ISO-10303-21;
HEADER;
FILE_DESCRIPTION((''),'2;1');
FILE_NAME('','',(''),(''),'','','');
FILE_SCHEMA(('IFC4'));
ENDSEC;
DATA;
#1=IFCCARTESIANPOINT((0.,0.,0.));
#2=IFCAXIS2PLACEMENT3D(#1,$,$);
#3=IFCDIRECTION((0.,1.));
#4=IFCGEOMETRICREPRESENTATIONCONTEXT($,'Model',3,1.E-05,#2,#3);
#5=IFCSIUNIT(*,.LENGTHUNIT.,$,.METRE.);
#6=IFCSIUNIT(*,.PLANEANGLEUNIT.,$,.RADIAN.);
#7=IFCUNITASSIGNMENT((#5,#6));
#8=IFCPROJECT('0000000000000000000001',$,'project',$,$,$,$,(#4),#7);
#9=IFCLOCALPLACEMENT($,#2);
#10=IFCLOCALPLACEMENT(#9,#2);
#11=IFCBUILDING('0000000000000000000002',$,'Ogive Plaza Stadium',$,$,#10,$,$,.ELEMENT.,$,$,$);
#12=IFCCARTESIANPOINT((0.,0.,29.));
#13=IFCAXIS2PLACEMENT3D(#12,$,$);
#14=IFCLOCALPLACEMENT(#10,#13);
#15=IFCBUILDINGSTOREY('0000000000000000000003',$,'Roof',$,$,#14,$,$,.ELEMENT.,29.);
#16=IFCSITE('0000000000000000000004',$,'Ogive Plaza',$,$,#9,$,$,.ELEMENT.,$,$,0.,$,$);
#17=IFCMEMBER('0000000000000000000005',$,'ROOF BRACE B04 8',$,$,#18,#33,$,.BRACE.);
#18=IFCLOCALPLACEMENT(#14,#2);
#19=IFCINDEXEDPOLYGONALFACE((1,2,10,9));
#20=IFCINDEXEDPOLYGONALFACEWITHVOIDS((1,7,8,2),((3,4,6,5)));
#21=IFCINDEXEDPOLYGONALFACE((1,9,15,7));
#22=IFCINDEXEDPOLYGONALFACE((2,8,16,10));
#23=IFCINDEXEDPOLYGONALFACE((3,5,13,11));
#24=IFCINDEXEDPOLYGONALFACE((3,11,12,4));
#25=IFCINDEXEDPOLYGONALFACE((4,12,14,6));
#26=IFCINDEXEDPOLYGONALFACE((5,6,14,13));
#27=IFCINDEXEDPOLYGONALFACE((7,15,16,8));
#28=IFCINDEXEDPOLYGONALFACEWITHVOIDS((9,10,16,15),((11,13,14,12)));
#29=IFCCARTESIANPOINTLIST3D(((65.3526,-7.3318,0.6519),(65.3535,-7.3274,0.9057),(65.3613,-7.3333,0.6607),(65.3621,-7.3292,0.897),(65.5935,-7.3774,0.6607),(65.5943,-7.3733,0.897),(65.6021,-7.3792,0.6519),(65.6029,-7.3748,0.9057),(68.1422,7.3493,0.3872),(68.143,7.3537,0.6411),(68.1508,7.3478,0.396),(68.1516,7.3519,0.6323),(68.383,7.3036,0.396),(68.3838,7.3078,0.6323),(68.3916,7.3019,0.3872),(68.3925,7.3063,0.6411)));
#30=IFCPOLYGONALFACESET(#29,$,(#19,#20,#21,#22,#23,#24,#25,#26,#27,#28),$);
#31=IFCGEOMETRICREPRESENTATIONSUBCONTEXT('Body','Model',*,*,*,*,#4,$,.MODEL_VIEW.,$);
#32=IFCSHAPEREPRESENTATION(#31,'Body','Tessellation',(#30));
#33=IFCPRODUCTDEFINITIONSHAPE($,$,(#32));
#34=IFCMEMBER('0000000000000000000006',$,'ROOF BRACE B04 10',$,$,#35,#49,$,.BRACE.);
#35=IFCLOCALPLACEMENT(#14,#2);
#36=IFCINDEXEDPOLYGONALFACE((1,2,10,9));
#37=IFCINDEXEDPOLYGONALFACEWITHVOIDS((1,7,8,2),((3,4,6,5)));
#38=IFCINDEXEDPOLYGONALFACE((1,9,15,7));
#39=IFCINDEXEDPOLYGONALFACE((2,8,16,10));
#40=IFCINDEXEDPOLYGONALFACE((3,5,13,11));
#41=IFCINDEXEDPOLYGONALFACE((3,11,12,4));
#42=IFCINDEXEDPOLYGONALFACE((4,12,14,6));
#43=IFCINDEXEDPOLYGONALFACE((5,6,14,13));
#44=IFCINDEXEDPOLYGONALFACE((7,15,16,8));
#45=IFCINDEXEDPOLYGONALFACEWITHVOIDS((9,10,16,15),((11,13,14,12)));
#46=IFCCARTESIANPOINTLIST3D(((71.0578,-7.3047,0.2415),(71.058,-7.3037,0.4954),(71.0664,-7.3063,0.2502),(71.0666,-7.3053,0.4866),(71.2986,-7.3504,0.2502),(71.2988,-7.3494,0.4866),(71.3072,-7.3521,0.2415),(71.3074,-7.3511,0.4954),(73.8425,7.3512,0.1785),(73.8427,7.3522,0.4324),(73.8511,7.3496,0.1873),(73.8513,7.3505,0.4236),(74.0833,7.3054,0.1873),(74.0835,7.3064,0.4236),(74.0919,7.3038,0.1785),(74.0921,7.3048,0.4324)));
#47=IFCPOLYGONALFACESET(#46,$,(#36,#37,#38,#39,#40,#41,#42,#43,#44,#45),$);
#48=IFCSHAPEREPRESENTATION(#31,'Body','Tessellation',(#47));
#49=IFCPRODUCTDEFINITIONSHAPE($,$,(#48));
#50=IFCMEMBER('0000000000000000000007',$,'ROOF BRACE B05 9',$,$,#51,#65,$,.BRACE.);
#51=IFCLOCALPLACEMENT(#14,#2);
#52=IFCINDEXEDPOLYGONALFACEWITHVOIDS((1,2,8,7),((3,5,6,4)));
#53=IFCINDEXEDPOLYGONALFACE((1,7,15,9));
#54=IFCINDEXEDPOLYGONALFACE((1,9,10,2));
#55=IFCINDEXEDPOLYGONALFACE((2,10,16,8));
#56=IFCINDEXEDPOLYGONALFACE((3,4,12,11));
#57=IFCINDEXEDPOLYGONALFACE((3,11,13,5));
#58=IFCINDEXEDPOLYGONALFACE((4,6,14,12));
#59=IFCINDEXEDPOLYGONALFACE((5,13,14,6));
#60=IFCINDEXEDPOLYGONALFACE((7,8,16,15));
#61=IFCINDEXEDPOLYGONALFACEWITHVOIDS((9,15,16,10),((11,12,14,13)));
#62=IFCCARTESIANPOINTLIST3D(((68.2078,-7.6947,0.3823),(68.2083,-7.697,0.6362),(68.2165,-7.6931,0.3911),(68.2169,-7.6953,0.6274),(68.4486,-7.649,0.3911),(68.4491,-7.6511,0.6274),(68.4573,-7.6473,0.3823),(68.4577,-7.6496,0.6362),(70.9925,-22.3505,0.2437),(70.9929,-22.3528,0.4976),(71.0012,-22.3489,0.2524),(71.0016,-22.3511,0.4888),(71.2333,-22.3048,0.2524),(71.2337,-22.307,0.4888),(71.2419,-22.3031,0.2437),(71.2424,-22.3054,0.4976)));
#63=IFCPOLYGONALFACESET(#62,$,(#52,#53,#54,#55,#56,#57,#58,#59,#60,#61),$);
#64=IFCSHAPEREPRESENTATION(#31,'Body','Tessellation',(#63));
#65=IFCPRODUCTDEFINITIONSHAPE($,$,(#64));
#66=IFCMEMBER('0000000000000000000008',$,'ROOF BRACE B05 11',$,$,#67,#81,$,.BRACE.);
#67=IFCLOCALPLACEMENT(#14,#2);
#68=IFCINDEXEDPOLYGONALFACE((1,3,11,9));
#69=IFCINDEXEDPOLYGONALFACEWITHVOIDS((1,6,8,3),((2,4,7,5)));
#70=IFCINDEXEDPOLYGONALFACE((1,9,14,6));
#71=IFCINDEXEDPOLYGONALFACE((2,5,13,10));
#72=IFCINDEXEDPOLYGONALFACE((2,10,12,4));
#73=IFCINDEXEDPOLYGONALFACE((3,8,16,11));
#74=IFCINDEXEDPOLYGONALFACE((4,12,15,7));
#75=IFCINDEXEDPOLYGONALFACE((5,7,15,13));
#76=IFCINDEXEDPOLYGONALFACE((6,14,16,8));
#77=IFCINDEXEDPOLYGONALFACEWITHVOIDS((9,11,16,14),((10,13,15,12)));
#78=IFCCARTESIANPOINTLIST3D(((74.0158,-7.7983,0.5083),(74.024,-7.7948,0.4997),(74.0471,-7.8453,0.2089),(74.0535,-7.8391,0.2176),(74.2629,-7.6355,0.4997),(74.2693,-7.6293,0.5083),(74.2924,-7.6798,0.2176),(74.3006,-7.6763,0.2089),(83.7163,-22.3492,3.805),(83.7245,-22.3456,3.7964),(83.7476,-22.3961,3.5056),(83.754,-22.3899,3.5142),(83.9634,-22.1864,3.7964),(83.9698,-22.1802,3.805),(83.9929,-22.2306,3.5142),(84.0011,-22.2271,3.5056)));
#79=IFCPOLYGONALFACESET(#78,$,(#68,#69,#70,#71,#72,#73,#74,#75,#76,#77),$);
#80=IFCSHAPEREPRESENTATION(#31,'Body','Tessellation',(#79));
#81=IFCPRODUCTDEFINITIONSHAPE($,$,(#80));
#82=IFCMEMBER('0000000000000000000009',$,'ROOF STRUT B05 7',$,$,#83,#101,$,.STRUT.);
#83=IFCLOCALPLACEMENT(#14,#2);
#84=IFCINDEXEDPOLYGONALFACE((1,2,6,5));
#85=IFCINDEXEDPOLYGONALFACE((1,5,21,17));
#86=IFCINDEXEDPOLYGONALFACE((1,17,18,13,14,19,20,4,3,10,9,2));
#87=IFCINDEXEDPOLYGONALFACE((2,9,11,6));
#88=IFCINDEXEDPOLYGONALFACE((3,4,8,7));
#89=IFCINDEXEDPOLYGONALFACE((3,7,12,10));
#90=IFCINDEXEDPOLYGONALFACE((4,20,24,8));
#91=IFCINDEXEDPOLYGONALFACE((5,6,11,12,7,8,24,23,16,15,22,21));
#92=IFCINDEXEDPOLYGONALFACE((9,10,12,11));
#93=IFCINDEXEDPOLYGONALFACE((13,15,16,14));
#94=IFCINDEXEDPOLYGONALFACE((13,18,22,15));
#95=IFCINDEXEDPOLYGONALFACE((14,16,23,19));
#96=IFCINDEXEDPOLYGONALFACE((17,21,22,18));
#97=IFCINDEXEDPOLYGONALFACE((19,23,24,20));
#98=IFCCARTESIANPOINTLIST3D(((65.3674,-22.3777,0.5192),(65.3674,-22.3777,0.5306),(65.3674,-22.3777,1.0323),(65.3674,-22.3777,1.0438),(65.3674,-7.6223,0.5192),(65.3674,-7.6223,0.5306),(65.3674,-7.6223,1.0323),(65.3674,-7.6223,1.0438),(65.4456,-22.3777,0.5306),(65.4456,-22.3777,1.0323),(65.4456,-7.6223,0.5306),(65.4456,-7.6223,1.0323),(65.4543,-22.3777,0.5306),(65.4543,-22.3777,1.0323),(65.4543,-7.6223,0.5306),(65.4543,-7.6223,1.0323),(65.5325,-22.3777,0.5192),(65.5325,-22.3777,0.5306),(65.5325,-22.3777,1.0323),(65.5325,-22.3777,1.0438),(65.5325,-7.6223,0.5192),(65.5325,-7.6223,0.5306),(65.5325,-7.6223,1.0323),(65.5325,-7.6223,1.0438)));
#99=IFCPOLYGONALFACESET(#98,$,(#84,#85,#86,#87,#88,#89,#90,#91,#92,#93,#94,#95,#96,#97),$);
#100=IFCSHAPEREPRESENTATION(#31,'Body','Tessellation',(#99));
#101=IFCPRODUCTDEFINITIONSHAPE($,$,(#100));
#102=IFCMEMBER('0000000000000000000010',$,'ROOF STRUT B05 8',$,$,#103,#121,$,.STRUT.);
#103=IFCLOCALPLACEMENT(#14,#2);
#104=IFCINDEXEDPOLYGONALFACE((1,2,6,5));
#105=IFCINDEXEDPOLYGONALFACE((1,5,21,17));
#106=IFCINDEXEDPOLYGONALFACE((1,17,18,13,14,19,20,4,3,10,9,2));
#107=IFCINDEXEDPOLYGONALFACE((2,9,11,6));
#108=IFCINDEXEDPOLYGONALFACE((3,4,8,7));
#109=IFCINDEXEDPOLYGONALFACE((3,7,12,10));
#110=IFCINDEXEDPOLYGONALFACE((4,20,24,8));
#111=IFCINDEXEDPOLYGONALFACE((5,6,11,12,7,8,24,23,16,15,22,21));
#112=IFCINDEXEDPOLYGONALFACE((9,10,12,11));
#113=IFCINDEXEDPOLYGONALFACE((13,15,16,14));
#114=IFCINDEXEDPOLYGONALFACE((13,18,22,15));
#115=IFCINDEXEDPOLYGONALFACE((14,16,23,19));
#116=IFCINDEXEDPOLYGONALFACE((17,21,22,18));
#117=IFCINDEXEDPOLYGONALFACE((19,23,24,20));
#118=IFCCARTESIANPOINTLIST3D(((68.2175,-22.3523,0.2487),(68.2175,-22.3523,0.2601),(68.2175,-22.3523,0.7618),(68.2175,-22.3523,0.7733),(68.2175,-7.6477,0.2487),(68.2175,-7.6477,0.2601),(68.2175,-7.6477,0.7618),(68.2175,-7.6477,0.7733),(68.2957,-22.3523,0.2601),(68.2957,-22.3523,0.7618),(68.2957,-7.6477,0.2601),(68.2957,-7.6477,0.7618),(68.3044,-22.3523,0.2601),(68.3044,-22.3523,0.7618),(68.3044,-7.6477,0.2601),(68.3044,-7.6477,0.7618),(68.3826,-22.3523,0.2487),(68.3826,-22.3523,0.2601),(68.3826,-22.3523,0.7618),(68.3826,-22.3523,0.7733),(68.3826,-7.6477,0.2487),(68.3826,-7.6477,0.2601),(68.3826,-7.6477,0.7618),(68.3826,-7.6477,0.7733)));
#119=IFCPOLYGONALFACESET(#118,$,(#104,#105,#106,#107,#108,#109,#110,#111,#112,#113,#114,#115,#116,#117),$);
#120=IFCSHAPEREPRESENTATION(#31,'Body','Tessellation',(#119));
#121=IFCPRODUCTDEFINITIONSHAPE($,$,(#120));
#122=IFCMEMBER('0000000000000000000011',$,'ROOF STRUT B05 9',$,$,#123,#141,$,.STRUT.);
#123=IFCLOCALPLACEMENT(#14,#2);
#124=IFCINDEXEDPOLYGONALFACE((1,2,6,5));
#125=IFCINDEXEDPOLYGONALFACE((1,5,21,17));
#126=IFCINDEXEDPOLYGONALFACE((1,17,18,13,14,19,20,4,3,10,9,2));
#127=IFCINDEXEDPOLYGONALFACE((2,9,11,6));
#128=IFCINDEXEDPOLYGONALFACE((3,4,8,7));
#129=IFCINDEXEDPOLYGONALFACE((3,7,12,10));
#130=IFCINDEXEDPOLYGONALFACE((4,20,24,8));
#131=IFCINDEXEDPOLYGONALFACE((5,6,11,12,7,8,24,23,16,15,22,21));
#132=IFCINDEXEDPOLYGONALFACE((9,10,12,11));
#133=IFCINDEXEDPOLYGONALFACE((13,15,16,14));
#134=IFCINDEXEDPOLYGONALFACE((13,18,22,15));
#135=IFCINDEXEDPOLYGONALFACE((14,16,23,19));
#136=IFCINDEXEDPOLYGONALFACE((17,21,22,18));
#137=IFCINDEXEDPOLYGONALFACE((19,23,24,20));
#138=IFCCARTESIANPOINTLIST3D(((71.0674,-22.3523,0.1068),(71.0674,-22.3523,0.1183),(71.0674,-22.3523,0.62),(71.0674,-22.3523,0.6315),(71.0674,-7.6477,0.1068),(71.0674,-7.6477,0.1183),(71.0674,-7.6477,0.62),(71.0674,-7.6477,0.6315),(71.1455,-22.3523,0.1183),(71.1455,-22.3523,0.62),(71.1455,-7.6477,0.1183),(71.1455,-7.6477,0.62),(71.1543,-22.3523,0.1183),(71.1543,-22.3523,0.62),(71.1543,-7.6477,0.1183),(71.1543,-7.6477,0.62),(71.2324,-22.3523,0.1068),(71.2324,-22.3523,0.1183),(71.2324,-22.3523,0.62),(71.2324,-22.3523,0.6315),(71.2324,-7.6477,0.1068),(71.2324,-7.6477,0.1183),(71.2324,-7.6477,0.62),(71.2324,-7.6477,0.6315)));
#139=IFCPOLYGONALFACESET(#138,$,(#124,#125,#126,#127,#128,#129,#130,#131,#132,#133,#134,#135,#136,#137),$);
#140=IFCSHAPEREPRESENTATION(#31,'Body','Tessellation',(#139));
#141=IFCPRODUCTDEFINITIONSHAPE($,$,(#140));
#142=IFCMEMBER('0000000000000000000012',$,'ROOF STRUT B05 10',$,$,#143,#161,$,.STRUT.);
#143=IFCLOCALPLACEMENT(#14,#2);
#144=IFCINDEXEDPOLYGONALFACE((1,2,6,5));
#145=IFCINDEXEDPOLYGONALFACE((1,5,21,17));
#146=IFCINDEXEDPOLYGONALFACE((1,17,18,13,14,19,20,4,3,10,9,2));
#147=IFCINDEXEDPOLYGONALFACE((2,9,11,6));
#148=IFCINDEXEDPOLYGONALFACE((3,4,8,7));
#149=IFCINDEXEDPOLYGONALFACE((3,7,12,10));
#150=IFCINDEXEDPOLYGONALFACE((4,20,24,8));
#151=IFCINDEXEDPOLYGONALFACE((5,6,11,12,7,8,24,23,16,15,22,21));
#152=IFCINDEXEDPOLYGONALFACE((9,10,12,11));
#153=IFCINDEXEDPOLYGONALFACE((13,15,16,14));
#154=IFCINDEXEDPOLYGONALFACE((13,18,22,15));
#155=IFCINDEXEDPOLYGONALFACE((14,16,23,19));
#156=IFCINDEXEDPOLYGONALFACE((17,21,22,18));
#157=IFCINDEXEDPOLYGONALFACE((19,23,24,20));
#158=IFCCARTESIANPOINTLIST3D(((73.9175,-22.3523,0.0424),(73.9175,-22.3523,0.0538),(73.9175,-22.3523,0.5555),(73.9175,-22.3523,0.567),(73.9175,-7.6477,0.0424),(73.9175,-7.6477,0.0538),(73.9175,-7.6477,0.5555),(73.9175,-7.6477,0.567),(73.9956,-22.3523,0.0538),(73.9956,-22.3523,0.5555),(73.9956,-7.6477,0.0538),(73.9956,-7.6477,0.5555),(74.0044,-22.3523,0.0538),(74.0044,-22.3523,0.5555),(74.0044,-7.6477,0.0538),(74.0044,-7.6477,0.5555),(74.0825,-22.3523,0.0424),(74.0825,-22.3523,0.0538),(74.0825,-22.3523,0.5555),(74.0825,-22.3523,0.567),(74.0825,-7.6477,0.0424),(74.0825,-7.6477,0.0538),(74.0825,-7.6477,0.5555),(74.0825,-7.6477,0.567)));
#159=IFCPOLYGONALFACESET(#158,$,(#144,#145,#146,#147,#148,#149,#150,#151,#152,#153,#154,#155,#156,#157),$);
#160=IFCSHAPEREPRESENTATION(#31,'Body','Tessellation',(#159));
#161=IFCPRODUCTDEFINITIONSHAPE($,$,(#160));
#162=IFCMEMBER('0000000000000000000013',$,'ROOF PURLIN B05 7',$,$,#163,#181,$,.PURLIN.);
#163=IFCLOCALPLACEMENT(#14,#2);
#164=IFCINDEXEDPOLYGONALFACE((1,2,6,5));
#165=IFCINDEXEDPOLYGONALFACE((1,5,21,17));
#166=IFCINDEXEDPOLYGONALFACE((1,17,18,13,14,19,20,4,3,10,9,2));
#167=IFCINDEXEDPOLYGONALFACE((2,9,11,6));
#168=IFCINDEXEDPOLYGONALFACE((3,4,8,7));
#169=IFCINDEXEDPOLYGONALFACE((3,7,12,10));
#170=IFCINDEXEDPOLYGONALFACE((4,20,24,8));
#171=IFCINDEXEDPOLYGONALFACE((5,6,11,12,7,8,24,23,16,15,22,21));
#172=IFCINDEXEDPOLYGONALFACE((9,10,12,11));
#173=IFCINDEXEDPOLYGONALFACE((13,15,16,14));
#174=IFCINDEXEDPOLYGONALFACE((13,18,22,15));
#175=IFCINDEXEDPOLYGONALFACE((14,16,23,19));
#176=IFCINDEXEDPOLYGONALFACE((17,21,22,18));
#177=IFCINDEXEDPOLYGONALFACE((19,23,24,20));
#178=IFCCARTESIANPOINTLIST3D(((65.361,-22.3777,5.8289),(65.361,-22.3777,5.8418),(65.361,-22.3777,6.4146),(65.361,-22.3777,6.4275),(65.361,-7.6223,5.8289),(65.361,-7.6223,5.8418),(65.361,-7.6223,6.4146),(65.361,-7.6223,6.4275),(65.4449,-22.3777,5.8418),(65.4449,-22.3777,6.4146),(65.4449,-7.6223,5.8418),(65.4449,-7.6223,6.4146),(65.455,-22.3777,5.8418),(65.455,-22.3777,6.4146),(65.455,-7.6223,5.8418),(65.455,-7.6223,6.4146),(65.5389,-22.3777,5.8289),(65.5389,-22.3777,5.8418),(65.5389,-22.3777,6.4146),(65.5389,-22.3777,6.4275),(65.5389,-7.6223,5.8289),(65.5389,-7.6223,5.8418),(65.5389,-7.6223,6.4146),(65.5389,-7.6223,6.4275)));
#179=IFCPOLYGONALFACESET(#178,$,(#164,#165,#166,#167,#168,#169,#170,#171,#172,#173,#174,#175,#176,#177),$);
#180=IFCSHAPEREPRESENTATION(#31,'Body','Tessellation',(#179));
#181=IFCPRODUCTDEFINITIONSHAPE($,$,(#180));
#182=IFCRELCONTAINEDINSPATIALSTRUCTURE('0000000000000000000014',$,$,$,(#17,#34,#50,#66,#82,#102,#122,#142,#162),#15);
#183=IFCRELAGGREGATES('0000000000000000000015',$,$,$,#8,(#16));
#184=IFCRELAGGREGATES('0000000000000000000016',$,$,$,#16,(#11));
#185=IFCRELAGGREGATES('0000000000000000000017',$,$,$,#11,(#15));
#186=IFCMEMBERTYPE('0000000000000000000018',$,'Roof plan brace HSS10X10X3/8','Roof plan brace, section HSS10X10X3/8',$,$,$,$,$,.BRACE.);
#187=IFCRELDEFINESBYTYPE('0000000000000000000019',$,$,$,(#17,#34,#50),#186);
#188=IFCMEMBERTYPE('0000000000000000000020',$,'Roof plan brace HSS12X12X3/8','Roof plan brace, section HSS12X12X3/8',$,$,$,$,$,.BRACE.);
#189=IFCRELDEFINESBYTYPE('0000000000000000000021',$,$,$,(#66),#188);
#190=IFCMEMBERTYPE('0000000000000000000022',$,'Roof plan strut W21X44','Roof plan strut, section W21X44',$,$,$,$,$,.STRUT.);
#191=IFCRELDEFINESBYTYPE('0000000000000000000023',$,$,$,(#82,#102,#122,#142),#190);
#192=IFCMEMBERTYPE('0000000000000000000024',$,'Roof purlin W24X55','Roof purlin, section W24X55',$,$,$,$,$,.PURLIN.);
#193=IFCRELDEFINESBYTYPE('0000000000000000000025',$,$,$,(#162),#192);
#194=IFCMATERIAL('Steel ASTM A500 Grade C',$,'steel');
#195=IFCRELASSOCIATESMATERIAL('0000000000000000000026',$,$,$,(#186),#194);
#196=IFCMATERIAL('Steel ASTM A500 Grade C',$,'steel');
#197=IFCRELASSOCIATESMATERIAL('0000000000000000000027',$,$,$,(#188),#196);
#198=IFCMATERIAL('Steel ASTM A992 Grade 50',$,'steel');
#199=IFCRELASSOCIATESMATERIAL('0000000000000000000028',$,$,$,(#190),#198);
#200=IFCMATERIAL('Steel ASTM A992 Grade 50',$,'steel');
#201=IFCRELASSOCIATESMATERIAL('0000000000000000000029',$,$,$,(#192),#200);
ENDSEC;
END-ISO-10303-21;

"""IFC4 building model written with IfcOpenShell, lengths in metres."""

from ifc_helpers import new_model, si_unit, direction, frame, origin, origin_2d, place, context, subcontext, project, spatial, hollow_rectangle, i_section, extrude, material, material_profile, profile_set, type_object, element, save


model = new_model("IFC4")

# Units and contexts
model_context = context("Model", 3, precision=1e-05, world=origin(), true_north=direction((0.0, 1.0)))
body_context = subcontext(model_context, "Body", "Model", "MODEL_VIEW")
ifc_project = project(units=[si_unit("LENGTHUNIT", "METRE"), si_unit("PLANEANGLEUNIT", "RADIAN")], contexts=[model_context])

# Site, building, storey
site_placement = place(None, origin())
site = spatial("IfcSite", under=ifc_project, at=site_placement, Name="Ogive Plaza", CompositionType="ELEMENT", RefElevation=0.0)
building_placement = place(site_placement, origin())
building = spatial("IfcBuilding", under=site, at=building_placement, Name="Ogive Plaza Stadium", CompositionType="ELEMENT")
storey_placement = place(building_placement, frame((0.0, 0.0, 29.0)))
storey = spatial("IfcBuildingStorey", under=building, at=storey_placement, Name="Roof", CompositionType="ELEMENT", Elevation=29.0)

# Members
ifc_material_1 = material(Name="Steel ASTM A500 Grade C", Category="steel")
ifc_material_profile_1 = material_profile(ifc_material_1, hollow_rectangle(XDim=0.2539, YDim=0.2539, WallThickness=0.0088, at=origin_2d()), Name="HSS10X10X3/8")
ifc_profile_set_1 = profile_set([ifc_material_profile_1], Name="Steel ASTM A500 Grade C")
member_type_1 = type_object("IfcMemberType", Name="Roof plan brace HSS10X10X3/8", Description="Roof plan brace, section HSS10X10X3/8", PredefinedType="BRACE", material=ifc_profile_set_1)
member_1_placement = place(storey_placement, frame((65.4778, -7.3533, 0.7788), z_axis=(0.18664, 0.982269, -0.017707), x_axis=(-0.982423, 0.186669, 0.0)))
element("IfcMember", 1, at=member_1_placement, inside=storey, type_object=member_type_1, Name="ROOF BRACE B04 8", PredefinedType="BRACE", context=body_context, shape_type="SweptSolid", body=[
    extrude(hollow_rectangle(XDim=0.2539, YDim=0.2539, WallThickness=0.0088, at=origin_2d()), origin(), (0.0, 0.0, 1.0), 14.946),
])
member_2_placement = place(storey_placement, frame((71.1826, -7.3279, 0.3684), z_axis=(0.186664, 0.982415, -0.004222), x_axis=(-0.982424, 0.186665, 0.0)))
element("IfcMember", 2, at=member_2_placement, inside=storey, type_object=member_type_1, Name="ROOF BRACE B04 10", PredefinedType="BRACE", context=body_context, shape_type="SweptSolid", body=[
    extrude(hollow_rectangle(XDim=0.2539, YDim=0.2539, WallThickness=0.0088, at=origin_2d()), origin(), (0.0, 0.0, 1.0), 14.9182),
])
member_3_placement = place(storey_placement, frame((68.3328, -7.6721, 0.5093), z_axis=(0.186657, -0.982381, -0.009295), x_axis=(0.982424, 0.186665, 0.0)))
element("IfcMember", 3, at=member_3_placement, inside=storey, type_object=member_type_1, Name="ROOF BRACE B05 9", PredefinedType="BRACE", context=body_context, shape_type="SweptSolid", body=[
    extrude(hollow_rectangle(XDim=0.2539, YDim=0.2539, WallThickness=0.0088, at=origin_2d()), origin(), (0.0, 0.0, 1.0), 14.9187),
])
ifc_material_2 = material(Name="Steel ASTM A500 Grade C", Category="steel")
ifc_material_profile_2 = material_profile(ifc_material_2, hollow_rectangle(XDim=0.3047, YDim=0.3047, WallThickness=0.0088, at=origin_2d()), Name="HSS12X12X3/8")
ifc_profile_set_2 = profile_set([ifc_material_profile_2], Name="Steel ASTM A500 Grade C")
member_type_2 = type_object("IfcMemberType", Name="Roof plan brace HSS12X12X3/8", Description="Roof plan brace, section HSS12X12X3/8", PredefinedType="BRACE", material=ifc_profile_set_2)
member_4_placement = place(storey_placement, frame((74.1582, -7.7373, 0.3586), z_axis=(0.545096, -0.817651, 0.185247), x_axis=(0.832052, 0.554697, 0.0)))
element("IfcMember", 4, at=member_4_placement, inside=storey, type_object=member_type_2, Name="ROOF BRACE B05 11", PredefinedType="BRACE", context=body_context, shape_type="SweptSolid", body=[
    extrude(hollow_rectangle(XDim=0.3047, YDim=0.3047, WallThickness=0.0088, at=origin_2d()), origin(), (0.0, 0.0, 1.0), 17.7959),
])
ifc_material_3 = material(Name="Steel ASTM A992 Grade 50", Category="steel")
ifc_material_profile_3 = material_profile(ifc_material_3, i_section(OverallWidth=0.165, OverallDepth=0.5247, WebThickness=0.0088, FlangeThickness=0.0115, at=origin_2d()), Name="W21X44")
ifc_profile_set_3 = profile_set([ifc_material_profile_3], Name="Steel ASTM A992 Grade 50")
member_type_3 = type_object("IfcMemberType", Name="Roof plan strut W21X44", Description="Roof plan strut, section W21X44", PredefinedType="STRUT", material=ifc_profile_set_3)
member_5_placement = place(storey_placement, frame((65.45, -7.6223, 0.7815), z_axis=(0.0, -1.0, 0.0), x_axis=(1.0, 0.0, 0.0)))
element("IfcMember", 5, at=member_5_placement, inside=storey, type_object=member_type_3, Name="ROOF STRUT B05 7", PredefinedType="STRUT", context=body_context, shape_type="SweptSolid", body=[
    extrude(i_section(OverallWidth=0.165, OverallDepth=0.5247, WebThickness=0.0088, FlangeThickness=0.0115, at=origin_2d()), origin(), (0.0, 0.0, 1.0), 14.7554),
])
for number, where, z_axis, x_axis, name in (
    (6, (68.3, -7.6477, 0.511), (0.0, -1.0, 0.0), (1.0, 0.0, 0.0), "ROOF STRUT B05 8"),
    (7, (71.1499, -7.6477, 0.3691), (0.0, -1.0, 0.0), (1.0, 0.0, 0.0), "ROOF STRUT B05 9"),
    (8, (74.0, -7.6477, 0.3047), (0.0, -1.0, 0.0), (1.0, 0.0, 0.0), "ROOF STRUT B05 10"),
):
    element("IfcMember", number, at=place(storey_placement, frame(where, z_axis=z_axis, x_axis=x_axis)), inside=storey, type_object=member_type_3, Name=name, PredefinedType="STRUT", context=body_context, shape_type="SweptSolid", body=[
        extrude(i_section(OverallWidth=0.165, OverallDepth=0.5247, WebThickness=0.0088, FlangeThickness=0.0115, at=origin_2d()), origin(), (0.0, 0.0, 1.0), 14.7046),
    ])
ifc_material_4 = material(Name="Steel ASTM A992 Grade 50", Category="steel")
ifc_material_profile_4 = material_profile(ifc_material_4, i_section(OverallWidth=0.178, OverallDepth=0.5986, WebThickness=0.01, FlangeThickness=0.0129, at=origin_2d()), Name="W24X55")
ifc_profile_set_4 = profile_set([ifc_material_profile_4], Name="Steel ASTM A992 Grade 50")
member_type_4 = type_object("IfcMemberType", Name="Roof purlin W24X55", Description="Roof purlin, section W24X55", PredefinedType="PURLIN", material=ifc_profile_set_4)
member_6_placement = place(storey_placement, frame((65.45, -7.6223, 6.1282), z_axis=(0.0, -1.0, 0.0), x_axis=(1.0, 0.0, 0.0)))
element("IfcMember", 9, at=member_6_placement, inside=storey, type_object=member_type_4, Name="ROOF PURLIN B05 7", PredefinedType="PURLIN", context=body_context, shape_type="SweptSolid", body=[
    extrude(i_section(OverallWidth=0.178, OverallDepth=0.5986, WebThickness=0.01, FlangeThickness=0.0129, at=origin_2d()), origin(), (0.0, 0.0, 1.0), 14.7554),
])

save(model, "model.ifc")
